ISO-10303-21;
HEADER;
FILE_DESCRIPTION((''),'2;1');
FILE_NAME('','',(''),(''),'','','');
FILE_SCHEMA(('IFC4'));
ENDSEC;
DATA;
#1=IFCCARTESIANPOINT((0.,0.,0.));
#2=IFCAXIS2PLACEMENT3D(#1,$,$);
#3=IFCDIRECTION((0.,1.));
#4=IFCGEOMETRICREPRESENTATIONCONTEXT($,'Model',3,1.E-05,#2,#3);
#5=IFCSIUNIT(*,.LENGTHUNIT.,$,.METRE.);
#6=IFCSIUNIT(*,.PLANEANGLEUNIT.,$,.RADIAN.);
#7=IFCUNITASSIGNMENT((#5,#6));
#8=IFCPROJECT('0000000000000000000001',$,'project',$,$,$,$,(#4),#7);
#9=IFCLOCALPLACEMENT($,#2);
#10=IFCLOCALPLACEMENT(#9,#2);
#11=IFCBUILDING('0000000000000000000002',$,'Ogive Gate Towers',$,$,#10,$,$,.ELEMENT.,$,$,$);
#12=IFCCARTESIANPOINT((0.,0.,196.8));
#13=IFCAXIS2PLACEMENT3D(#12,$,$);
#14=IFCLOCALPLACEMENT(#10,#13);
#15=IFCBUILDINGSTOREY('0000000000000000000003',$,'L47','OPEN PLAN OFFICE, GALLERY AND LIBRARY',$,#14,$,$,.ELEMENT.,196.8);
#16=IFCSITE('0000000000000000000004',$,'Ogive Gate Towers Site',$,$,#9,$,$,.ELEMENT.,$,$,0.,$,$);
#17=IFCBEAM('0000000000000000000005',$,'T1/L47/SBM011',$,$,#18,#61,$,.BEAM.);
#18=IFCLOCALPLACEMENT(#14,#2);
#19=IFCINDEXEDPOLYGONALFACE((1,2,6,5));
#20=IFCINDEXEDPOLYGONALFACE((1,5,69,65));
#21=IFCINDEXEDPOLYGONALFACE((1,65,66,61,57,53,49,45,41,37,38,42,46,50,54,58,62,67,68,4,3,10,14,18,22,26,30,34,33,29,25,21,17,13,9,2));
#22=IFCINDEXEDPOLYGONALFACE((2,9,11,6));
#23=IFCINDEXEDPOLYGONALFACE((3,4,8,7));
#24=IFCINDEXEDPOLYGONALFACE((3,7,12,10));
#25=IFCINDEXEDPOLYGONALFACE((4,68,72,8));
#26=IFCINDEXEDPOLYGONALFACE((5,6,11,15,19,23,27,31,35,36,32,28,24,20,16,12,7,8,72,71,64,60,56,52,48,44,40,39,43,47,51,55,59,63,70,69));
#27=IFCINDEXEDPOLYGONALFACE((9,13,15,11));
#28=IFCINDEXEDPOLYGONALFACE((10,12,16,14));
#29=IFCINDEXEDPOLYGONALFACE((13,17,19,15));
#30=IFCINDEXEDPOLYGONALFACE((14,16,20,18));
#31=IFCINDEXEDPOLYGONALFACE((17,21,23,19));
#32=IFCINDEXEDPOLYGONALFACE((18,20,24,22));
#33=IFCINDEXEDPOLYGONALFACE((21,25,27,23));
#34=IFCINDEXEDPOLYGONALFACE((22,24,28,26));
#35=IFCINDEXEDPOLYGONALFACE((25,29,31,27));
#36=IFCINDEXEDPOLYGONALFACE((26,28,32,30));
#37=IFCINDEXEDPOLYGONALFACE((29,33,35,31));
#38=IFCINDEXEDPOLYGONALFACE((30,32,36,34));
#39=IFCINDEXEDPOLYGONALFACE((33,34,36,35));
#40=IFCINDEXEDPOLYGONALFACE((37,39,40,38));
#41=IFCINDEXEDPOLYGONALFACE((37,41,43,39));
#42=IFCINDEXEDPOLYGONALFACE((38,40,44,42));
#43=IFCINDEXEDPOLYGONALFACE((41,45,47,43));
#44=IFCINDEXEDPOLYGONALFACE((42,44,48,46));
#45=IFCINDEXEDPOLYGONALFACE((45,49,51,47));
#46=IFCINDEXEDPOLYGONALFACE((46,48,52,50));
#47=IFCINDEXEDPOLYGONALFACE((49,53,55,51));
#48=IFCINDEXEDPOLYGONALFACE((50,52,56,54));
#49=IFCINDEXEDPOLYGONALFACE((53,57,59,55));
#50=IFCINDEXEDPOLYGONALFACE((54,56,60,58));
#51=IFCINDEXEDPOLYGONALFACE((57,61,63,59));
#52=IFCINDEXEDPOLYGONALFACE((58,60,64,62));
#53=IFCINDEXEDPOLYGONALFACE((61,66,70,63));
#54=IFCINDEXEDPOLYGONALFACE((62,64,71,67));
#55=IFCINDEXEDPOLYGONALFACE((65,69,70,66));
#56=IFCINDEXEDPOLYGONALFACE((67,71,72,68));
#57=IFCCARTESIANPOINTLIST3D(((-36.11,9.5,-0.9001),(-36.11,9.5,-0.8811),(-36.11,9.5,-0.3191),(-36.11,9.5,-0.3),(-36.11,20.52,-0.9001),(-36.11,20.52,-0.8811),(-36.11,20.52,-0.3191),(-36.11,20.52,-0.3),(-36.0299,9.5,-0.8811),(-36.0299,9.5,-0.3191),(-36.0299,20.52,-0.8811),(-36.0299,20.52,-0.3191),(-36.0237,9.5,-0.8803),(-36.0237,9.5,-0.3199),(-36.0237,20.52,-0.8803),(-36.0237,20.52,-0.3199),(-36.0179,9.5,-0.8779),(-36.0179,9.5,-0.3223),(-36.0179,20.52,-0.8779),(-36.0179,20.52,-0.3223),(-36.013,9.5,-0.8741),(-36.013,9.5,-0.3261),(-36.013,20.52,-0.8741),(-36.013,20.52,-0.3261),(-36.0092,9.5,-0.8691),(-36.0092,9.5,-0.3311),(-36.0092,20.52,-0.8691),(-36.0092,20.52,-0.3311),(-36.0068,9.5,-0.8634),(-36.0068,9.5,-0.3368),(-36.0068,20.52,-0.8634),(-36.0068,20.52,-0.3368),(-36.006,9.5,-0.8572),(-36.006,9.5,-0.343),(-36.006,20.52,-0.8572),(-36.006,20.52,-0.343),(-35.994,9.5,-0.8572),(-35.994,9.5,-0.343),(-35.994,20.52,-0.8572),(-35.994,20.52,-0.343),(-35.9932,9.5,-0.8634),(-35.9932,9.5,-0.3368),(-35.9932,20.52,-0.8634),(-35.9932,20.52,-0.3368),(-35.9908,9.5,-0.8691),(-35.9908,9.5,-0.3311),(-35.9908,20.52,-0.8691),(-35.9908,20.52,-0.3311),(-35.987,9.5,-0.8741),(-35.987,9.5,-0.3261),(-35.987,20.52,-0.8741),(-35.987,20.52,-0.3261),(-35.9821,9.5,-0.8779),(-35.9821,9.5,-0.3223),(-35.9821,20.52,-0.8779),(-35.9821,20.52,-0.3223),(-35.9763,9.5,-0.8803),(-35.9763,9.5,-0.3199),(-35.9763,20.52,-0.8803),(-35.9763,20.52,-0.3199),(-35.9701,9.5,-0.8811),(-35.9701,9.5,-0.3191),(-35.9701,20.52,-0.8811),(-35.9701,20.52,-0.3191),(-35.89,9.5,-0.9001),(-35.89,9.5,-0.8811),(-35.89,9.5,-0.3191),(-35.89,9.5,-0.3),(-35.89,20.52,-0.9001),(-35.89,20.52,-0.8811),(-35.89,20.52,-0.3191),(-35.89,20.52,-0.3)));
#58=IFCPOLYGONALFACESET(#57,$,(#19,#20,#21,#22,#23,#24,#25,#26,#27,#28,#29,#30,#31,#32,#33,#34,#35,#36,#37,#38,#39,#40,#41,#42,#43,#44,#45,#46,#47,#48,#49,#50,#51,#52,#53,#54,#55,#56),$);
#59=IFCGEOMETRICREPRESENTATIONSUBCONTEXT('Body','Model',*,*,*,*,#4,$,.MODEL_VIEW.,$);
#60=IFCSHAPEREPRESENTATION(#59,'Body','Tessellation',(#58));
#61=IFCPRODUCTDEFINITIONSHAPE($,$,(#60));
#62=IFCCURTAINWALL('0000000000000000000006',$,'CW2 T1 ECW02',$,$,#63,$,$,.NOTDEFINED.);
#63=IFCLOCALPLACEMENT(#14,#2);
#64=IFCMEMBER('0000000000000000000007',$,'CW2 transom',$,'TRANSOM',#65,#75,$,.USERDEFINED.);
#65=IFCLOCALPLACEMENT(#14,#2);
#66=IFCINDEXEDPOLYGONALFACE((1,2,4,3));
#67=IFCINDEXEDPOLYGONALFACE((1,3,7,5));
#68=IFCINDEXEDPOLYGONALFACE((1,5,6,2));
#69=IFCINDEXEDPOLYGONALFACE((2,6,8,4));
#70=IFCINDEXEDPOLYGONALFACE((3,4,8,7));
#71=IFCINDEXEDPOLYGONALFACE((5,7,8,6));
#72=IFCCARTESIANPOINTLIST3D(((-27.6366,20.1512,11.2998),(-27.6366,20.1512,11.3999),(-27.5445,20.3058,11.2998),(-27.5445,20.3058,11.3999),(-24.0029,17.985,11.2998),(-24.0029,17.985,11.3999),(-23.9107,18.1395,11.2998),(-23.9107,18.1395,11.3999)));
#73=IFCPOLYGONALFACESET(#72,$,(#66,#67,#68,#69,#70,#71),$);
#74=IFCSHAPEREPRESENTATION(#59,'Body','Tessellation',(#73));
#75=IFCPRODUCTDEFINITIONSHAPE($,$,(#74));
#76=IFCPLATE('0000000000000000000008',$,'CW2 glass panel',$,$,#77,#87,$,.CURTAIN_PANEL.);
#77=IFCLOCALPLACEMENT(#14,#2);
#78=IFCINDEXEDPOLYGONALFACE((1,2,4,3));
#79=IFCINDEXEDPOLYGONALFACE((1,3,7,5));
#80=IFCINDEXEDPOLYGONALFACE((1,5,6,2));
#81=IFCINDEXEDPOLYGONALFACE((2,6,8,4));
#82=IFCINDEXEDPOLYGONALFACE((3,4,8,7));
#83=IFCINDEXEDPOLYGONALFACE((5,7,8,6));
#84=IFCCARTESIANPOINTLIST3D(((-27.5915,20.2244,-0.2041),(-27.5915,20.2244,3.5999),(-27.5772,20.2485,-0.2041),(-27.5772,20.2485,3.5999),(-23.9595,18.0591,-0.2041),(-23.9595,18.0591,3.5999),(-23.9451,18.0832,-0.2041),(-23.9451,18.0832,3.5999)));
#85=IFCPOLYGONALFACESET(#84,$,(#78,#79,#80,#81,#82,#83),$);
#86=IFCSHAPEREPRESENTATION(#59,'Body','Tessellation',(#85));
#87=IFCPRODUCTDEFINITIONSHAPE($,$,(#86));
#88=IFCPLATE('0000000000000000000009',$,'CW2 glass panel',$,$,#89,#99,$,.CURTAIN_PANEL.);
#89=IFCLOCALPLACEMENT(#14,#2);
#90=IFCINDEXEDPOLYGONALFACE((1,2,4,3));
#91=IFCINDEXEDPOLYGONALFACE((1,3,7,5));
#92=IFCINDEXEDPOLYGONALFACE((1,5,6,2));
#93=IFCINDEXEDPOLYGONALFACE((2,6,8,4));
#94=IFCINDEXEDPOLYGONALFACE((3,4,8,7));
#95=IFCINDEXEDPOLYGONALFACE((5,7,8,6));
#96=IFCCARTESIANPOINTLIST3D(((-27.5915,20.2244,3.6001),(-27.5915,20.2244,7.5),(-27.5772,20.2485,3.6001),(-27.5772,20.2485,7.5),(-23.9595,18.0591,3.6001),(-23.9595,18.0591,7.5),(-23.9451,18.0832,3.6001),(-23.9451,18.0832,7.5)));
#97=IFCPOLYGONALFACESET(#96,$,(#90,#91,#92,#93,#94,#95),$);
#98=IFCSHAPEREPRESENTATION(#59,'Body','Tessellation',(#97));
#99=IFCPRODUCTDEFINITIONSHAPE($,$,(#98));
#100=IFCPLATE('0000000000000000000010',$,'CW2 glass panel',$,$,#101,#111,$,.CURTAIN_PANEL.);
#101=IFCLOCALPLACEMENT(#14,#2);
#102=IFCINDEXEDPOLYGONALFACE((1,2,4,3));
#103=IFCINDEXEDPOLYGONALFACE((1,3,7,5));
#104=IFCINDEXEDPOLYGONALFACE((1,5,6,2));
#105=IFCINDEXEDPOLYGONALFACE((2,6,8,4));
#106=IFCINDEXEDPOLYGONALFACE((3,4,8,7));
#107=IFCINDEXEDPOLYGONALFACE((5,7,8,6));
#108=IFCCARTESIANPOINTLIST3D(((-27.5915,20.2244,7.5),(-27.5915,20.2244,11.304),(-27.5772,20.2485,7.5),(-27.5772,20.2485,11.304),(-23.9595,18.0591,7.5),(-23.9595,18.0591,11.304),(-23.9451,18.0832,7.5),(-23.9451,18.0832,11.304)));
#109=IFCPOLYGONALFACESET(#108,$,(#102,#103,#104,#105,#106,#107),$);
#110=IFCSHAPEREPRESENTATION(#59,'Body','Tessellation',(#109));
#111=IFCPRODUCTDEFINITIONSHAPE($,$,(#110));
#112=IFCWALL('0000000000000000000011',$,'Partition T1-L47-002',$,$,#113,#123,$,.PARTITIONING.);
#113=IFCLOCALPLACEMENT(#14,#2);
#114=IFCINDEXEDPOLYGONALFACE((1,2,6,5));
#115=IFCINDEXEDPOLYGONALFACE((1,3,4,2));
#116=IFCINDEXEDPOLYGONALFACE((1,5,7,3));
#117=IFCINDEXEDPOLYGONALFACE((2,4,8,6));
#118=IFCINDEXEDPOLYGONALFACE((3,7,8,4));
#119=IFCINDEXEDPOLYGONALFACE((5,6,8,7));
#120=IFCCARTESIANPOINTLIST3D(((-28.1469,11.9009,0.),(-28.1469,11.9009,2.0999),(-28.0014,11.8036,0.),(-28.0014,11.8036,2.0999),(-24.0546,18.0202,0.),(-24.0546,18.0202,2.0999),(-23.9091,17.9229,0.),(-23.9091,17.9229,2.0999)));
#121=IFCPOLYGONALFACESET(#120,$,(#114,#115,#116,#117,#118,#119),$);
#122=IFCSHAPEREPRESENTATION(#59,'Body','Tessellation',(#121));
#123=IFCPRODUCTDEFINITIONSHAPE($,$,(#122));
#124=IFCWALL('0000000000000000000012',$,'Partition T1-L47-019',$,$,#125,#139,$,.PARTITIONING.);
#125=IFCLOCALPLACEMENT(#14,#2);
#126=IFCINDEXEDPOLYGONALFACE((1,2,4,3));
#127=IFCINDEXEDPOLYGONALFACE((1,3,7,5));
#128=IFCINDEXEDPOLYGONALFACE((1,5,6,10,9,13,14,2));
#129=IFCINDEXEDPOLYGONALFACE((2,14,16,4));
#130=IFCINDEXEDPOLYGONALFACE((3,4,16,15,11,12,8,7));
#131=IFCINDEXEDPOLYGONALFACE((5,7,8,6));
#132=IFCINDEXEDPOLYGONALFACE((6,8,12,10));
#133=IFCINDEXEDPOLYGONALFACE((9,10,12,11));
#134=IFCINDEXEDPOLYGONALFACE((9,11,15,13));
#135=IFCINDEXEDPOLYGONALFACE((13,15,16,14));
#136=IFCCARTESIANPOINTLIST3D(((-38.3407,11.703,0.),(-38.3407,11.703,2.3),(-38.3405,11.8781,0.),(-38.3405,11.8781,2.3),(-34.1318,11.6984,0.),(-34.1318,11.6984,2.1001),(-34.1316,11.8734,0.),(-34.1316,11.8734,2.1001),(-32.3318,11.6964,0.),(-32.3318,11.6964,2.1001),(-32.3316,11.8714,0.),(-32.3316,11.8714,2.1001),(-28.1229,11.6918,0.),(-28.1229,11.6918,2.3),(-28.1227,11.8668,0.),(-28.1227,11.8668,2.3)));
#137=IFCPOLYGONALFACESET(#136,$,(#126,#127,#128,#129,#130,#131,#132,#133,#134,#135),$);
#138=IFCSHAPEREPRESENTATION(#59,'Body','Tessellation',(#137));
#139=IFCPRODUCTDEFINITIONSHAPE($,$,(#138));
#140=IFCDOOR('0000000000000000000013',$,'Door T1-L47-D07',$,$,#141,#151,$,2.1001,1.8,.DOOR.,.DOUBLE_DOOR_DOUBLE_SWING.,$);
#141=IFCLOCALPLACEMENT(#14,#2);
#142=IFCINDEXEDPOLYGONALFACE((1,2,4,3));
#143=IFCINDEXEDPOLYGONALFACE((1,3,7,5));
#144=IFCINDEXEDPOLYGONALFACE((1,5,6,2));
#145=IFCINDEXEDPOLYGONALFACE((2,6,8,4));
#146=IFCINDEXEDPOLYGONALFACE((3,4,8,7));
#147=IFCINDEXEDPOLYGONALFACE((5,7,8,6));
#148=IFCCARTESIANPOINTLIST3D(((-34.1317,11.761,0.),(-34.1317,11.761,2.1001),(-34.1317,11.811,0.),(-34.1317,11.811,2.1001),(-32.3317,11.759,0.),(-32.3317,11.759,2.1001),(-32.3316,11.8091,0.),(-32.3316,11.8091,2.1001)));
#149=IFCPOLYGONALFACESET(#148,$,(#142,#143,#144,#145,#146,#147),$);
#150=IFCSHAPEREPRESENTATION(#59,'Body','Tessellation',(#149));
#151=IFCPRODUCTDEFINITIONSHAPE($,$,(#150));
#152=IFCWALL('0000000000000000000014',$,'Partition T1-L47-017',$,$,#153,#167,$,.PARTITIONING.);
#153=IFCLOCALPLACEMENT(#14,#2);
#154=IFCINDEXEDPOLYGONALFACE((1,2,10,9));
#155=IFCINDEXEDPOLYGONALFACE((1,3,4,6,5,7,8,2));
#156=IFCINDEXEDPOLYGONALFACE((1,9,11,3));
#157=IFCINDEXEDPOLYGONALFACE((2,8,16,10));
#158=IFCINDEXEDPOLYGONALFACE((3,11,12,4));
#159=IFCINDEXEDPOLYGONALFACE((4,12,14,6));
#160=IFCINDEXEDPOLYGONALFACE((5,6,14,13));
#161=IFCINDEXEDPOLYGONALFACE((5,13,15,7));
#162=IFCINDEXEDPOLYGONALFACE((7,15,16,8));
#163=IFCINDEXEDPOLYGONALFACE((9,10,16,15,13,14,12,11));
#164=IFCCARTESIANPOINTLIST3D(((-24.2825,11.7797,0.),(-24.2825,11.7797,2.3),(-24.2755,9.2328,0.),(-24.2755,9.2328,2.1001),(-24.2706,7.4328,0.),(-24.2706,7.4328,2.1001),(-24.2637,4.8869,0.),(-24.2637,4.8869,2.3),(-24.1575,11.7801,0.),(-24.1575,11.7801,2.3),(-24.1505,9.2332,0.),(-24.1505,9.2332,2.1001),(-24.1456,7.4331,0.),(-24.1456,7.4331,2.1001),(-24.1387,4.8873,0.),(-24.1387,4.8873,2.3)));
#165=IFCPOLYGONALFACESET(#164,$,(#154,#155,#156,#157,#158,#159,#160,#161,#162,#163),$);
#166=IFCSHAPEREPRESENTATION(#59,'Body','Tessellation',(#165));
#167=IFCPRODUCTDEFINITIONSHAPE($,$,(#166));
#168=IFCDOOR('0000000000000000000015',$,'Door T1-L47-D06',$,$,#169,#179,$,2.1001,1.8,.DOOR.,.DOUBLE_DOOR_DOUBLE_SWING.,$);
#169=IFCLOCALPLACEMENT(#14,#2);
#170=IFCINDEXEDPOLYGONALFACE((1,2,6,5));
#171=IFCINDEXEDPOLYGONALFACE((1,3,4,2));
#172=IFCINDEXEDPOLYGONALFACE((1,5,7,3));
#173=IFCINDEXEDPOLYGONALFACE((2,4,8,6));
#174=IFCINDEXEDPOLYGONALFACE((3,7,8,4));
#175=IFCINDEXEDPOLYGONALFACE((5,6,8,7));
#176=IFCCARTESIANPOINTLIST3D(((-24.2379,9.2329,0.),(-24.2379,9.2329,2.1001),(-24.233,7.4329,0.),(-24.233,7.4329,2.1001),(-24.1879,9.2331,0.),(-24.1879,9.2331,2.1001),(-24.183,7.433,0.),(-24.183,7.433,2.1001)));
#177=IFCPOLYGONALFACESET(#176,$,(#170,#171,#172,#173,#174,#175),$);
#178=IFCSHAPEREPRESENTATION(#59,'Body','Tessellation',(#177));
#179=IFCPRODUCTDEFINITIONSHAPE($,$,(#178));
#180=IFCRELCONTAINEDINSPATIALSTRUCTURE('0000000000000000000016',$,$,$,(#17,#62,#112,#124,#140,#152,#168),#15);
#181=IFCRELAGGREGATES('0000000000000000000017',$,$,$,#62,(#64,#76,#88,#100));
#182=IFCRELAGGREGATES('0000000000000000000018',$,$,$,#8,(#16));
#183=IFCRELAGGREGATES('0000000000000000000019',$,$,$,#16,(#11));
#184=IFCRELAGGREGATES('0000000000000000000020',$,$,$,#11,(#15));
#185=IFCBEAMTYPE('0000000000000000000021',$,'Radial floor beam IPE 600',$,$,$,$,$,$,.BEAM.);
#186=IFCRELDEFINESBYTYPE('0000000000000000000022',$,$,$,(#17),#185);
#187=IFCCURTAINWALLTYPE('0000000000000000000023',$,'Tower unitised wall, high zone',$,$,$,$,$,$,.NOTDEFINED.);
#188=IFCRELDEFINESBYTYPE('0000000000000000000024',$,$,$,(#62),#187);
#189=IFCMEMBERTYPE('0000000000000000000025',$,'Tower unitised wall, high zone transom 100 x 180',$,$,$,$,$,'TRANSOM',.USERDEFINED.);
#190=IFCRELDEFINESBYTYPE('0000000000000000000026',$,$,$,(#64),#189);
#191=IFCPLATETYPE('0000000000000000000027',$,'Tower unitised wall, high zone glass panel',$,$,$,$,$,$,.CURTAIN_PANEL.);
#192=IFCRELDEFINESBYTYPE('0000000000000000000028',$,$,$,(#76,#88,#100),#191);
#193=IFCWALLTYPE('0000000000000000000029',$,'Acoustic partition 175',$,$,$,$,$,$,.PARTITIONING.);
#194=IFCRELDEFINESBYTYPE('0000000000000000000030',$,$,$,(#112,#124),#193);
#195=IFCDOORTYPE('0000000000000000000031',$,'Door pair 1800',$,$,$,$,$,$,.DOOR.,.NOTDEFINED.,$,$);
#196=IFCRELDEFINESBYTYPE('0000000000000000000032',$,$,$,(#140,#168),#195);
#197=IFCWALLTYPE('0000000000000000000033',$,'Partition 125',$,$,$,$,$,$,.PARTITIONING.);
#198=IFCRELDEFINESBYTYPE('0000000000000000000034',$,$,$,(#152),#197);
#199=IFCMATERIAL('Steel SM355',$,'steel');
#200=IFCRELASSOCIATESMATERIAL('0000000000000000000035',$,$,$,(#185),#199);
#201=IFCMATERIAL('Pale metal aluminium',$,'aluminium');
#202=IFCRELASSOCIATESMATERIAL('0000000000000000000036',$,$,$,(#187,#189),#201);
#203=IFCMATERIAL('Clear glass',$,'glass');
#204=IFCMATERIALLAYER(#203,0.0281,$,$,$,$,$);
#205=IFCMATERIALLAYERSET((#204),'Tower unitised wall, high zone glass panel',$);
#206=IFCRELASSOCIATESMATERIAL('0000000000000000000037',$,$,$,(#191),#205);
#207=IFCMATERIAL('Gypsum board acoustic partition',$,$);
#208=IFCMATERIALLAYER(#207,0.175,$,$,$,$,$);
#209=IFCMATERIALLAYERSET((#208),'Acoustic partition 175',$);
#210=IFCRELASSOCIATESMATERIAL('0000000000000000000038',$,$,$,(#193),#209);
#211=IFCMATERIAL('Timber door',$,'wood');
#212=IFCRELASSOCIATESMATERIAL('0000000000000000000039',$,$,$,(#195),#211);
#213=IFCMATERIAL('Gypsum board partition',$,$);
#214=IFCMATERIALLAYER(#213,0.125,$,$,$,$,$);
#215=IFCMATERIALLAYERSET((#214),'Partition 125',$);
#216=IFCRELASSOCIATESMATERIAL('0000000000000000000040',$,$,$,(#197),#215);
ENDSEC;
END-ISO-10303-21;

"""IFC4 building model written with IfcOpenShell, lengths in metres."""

from ifc_helpers import new_model, si_unit, direction, frame, frame_2d, origin, origin_2d, place, context, subcontext, project, spatial, rectangle, i_section, extrude, material, layer, layer_set, material_profile, profile_set, type_object, element, fill, aggregate, save


model = new_model("IFC4")

# Units and contexts
model_context = context("Model", 3, precision=1e-05, world=origin(), true_north=direction((0.0, 1.0)))
body_context = subcontext(model_context, "Body", "Model", "MODEL_VIEW")
ifc_project = project(units=[si_unit("LENGTHUNIT", "METRE"), si_unit("PLANEANGLEUNIT", "RADIAN")], contexts=[model_context])

# Site, building, storey
site_placement = place(None, origin())
site = spatial("IfcSite", under=ifc_project, at=site_placement, Name="Ogive Gate Towers Site", CompositionType="ELEMENT", RefElevation=0.0)
building_placement = place(site_placement, origin())
building = spatial("IfcBuilding", under=site, at=building_placement, Name="Ogive Gate Towers", CompositionType="ELEMENT")
storey_placement = place(building_placement, frame((0.0, 0.0, 196.8)))
storey = spatial("IfcBuildingStorey", under=building, at=storey_placement, Name="L47", Description="OPEN PLAN OFFICE, GALLERY AND LIBRARY", CompositionType="ELEMENT", Elevation=196.8)

# Beam
ifc_material_1 = material(Name="Steel SM355", Category="steel")
ifc_material_profile_1 = material_profile(ifc_material_1, i_section(OverallWidth=0.22, OverallDepth=0.6001, WebThickness=0.012, FlangeThickness=0.019, FilletRadius=0.0239, at=origin_2d()), Name="IPE 600")
ifc_profile_set_1 = profile_set([ifc_material_profile_1], Name="Steel SM355")
beam_type_1 = type_object("IfcBeamType", Name="Radial floor beam IPE 600", PredefinedType="BEAM", material=ifc_profile_set_1)
for number, where, z_axis, x_axis, name in (
    (1, (-36.0, 9.5, -0.6001), (0.0, 1.0, 0.0), (-1.0, 0.0, 0.0), "T1/L47/SBM011"),
):
    element("IfcBeam", number, at=place(storey_placement, frame(where, z_axis=z_axis, x_axis=x_axis)), inside=storey, type_object=beam_type_1, Name=name, PredefinedType="BEAM", context=body_context, shape_type="SweptSolid", body=[
        extrude(i_section(OverallWidth=0.22, OverallDepth=0.6001, WebThickness=0.012, FlangeThickness=0.019, FilletRadius=0.0239, at=origin_2d()), origin(), (0.0, 0.0, 1.0), 11.02),
    ])

# Curtain wall, member, plates
ifc_material_2 = material(Name="Pale metal aluminium", Category="aluminium")
curtain_wall_type = type_object("IfcCurtainWallType", Name="Tower unitised wall, high zone", PredefinedType="NOTDEFINED", material=ifc_material_2)
curtain_wall_placement = place(storey_placement, origin())
curtain_wall = element("IfcCurtainWall", 2, at=curtain_wall_placement, inside=storey, type_object=curtain_wall_type, Name="CW2 T1 ECW02", PredefinedType="NOTDEFINED")
ifc_material_profile_2 = material_profile(ifc_material_2, rectangle(XDim=0.1799, YDim=0.1001, at=origin_2d()), Name="100 x 180 aluminium box")
ifc_profile_set_2 = profile_set([ifc_material_profile_2], Name="Pale metal aluminium")
member_type = type_object("IfcMemberType", Name="Tower unitised wall, high zone transom 100 x 180", ElementType="TRANSOM", PredefinedType="USERDEFINED", material=ifc_profile_set_2)
member_placement = place(storey_placement, frame((-23.9568, 18.0623, 11.3499), z_axis=(-0.858951, 0.512058, 0.0), x_axis=(-0.512058, -0.858951, 0.0)))
member = element("IfcMember", 3, at=member_placement, type_object=member_type, Name="CW2 transom", ObjectType="TRANSOM", PredefinedType="USERDEFINED", context=body_context, shape_type="SweptSolid", body=[
    extrude(rectangle(XDim=0.1799, YDim=0.1001, at=origin_2d()), origin(), (0.0, 0.0, 1.0), 4.2305),
])
ifc_material_3 = material(Name="Clear glass", Category="glass")
ifc_layer_1 = layer(ifc_material_3, 0.0281)
ifc_layer_set_1 = layer_set([ifc_layer_1], Name="Tower unitised wall, high zone glass panel")
plate_type = type_object("IfcPlateType", Name="Tower unitised wall, high zone glass panel", PredefinedType="CURTAIN_PANEL", material=ifc_layer_set_1)
plate_1_placement = place(storey_placement, frame((-25.7683, 19.1538, -0.2041), z_axis=(0.0, 0.0, 1.0), x_axis=(-0.858951, 0.512058, 0.0)))
plate_1 = element("IfcPlate", 4, at=plate_1_placement, type_object=plate_type, Name="CW2 glass panel", PredefinedType="CURTAIN_PANEL", context=body_context, shape_type="SweptSolid", body=[
    extrude(rectangle(XDim=4.2285, YDim=0.0281, at=origin_2d()), origin(), (0.0, 0.0, 1.0), 3.804),
])
plate_2_placement = place(storey_placement, frame((-25.7683, 19.1538, 3.6001), z_axis=(0.0, 0.0, 1.0), x_axis=(-0.858951, 0.512058, 0.0)))
plate_2 = element("IfcPlate", 5, at=plate_2_placement, type_object=plate_type, Name="CW2 glass panel", PredefinedType="CURTAIN_PANEL", context=body_context, shape_type="SweptSolid", body=[
    extrude(rectangle(XDim=4.2285, YDim=0.0281, at=origin_2d()), origin(), (0.0, 0.0, 1.0), 3.8999),
])
plate_3_placement = place(storey_placement, frame((-25.7683, 19.1538, 7.5), z_axis=(0.0, 0.0, 1.0), x_axis=(-0.858951, 0.512058, 0.0)))
plate_3 = element("IfcPlate", 6, at=plate_3_placement, type_object=plate_type, Name="CW2 glass panel", PredefinedType="CURTAIN_PANEL", context=body_context, shape_type="SweptSolid", body=[
    extrude(rectangle(XDim=4.2285, YDim=0.0281, at=origin_2d()), origin(), (0.0, 0.0, 1.0), 3.804),
])
aggregate(curtain_wall, [member, plate_1, plate_2, plate_3])

# Wall
ifc_material_4 = material(Name="Gypsum board acoustic partition")
ifc_layer_2 = layer(ifc_material_4, 0.175)
ifc_layer_set_2 = layer_set([ifc_layer_2], Name="Acoustic partition 175")
wall_type_1 = type_object("IfcWallType", Name="Acoustic partition 175", PredefinedType="PARTITIONING", material=ifc_layer_set_2)
wall_1_placement = place(storey_placement, frame((-23.9819, 17.9714, 0.0), z_axis=(0.0, 0.0, 1.0), x_axis=(-0.555894, -0.831254, 0.0)))
element("IfcWall", 7, at=wall_1_placement, inside=storey, type_object=wall_type_1, Name="Partition T1-L47-002", PredefinedType="PARTITIONING", context=body_context, shape_type="SweptSolid", body=[
    extrude(rectangle(XDim=7.3616, YDim=0.175, at=frame_2d((3.6807, 0.0))), origin(), (0.0, 0.0, 1.0), 2.0999),
])

# Walls, openings, doors
wall_2_placement = place(storey_placement, frame((-28.1228, 11.7793, 0.0), z_axis=(0.0, 0.0, 1.0), x_axis=(-0.999999, 0.001099, 0.0)))
wall_2 = element("IfcWall", 8, at=wall_2_placement, inside=storey, type_object=wall_type_1, Name="Partition T1-L47-019", PredefinedType="PARTITIONING", context=body_context, shape_type="SweptSolid", body=[
    extrude(rectangle(XDim=10.2178, YDim=0.175, at=frame_2d((5.1089, 0.0))), origin(), (0.0, 0.0, 1.0), 2.3),
])
opening_1_placement = place(wall_2_placement, frame((4.209, 0.0, 0.0)))
opening_1 = element("IfcOpeningElement", 9, at=opening_1_placement, cuts=wall_2, PredefinedType="OPENING", context=body_context, shape_type="SweptSolid", body=[
    extrude(rectangle(XDim=1.8, YDim=2.1001, at=frame_2d((0.8999, 1.05))), frame((0.0, 0.0977, 0.0), z_axis=(0.0, -1.0, 0.0), x_axis=(1.0, 0.0, 0.0)), (0.0, 0.0, 1.0), 0.1951),
])
ifc_material_5 = material(Name="Timber door", Category="wood")
door_type_1 = type_object("IfcDoorType", Name="Door pair 1800", OperationType="NOTDEFINED", PredefinedType="DOOR", material=ifc_material_5)
door_1_placement = place(opening_1_placement, origin())
door_1 = element("IfcDoor", 10, at=door_1_placement, inside=storey, type_object=door_type_1, Name="Door T1-L47-D07", OperationType="DOUBLE_DOOR_DOUBLE_SWING", OverallHeight=2.1001, OverallWidth=1.8, PredefinedType="DOOR", context=body_context, shape_type="SweptSolid", body=[
    extrude(rectangle(XDim=1.8, YDim=2.1001, at=frame_2d((0.8999, 1.05))), frame((0.0, 0.0249, 0.0), z_axis=(0.0, -1.0, 0.0), x_axis=(1.0, 0.0, 0.0)), (0.0, 0.0, 1.0), 0.05),
])
fill(opening_1, door_1)
ifc_material_6 = material(Name="Gypsum board partition")
ifc_layer_3 = layer(ifc_material_6, 0.125)
ifc_layer_set_3 = layer_set([ifc_layer_3], Name="Partition 125")
wall_type_2 = type_object("IfcWallType", Name="Partition 125", PredefinedType="PARTITIONING", material=ifc_layer_set_3)
wall_3_placement = place(storey_placement, frame((-24.2012, 4.8872, 0.0), z_axis=(0.0, 0.0, 1.0), x_axis=(-0.002727, 0.999996, 0.0)))
wall_3 = element("IfcWall", 11, at=wall_3_placement, inside=storey, type_object=wall_type_2, Name="Partition T1-L47-017", PredefinedType="PARTITIONING", context=body_context, shape_type="SweptSolid", body=[
    extrude(rectangle(XDim=6.8928, YDim=0.125, at=frame_2d((3.4463, 0.0))), origin(), (0.0, 0.0, 1.0), 2.3),
])
opening_2_placement = place(wall_3_placement, frame((2.5459, 0.0, 0.0)))
opening_2 = element("IfcOpeningElement", 12, at=opening_2_placement, cuts=wall_3, PredefinedType="OPENING", context=body_context, shape_type="SweptSolid", body=[
    extrude(rectangle(XDim=1.8, YDim=2.1001, at=frame_2d((0.8999, 1.05))), frame((0.0, 0.0725, 0.0), z_axis=(0.0, -1.0, 0.0), x_axis=(1.0, 0.0, 0.0)), (0.0, 0.0, 1.0), 0.145),
])
door_2_placement = place(opening_2_placement, origin())
door_2 = element("IfcDoor", 13, at=door_2_placement, inside=storey, type_object=door_type_1, Name="Door T1-L47-D06", OperationType="DOUBLE_DOOR_DOUBLE_SWING", OverallHeight=2.1001, OverallWidth=1.8, PredefinedType="DOOR", context=body_context, shape_type="SweptSolid", body=[
    extrude(rectangle(XDim=1.8, YDim=2.1001, at=frame_2d((0.8999, 1.05))), frame((0.0, 0.0249, 0.0), z_axis=(0.0, -1.0, 0.0), x_axis=(1.0, 0.0, 0.0)), (0.0, 0.0, 1.0), 0.05),
])
fill(opening_2, door_2)

save(model, "model.ifc")
